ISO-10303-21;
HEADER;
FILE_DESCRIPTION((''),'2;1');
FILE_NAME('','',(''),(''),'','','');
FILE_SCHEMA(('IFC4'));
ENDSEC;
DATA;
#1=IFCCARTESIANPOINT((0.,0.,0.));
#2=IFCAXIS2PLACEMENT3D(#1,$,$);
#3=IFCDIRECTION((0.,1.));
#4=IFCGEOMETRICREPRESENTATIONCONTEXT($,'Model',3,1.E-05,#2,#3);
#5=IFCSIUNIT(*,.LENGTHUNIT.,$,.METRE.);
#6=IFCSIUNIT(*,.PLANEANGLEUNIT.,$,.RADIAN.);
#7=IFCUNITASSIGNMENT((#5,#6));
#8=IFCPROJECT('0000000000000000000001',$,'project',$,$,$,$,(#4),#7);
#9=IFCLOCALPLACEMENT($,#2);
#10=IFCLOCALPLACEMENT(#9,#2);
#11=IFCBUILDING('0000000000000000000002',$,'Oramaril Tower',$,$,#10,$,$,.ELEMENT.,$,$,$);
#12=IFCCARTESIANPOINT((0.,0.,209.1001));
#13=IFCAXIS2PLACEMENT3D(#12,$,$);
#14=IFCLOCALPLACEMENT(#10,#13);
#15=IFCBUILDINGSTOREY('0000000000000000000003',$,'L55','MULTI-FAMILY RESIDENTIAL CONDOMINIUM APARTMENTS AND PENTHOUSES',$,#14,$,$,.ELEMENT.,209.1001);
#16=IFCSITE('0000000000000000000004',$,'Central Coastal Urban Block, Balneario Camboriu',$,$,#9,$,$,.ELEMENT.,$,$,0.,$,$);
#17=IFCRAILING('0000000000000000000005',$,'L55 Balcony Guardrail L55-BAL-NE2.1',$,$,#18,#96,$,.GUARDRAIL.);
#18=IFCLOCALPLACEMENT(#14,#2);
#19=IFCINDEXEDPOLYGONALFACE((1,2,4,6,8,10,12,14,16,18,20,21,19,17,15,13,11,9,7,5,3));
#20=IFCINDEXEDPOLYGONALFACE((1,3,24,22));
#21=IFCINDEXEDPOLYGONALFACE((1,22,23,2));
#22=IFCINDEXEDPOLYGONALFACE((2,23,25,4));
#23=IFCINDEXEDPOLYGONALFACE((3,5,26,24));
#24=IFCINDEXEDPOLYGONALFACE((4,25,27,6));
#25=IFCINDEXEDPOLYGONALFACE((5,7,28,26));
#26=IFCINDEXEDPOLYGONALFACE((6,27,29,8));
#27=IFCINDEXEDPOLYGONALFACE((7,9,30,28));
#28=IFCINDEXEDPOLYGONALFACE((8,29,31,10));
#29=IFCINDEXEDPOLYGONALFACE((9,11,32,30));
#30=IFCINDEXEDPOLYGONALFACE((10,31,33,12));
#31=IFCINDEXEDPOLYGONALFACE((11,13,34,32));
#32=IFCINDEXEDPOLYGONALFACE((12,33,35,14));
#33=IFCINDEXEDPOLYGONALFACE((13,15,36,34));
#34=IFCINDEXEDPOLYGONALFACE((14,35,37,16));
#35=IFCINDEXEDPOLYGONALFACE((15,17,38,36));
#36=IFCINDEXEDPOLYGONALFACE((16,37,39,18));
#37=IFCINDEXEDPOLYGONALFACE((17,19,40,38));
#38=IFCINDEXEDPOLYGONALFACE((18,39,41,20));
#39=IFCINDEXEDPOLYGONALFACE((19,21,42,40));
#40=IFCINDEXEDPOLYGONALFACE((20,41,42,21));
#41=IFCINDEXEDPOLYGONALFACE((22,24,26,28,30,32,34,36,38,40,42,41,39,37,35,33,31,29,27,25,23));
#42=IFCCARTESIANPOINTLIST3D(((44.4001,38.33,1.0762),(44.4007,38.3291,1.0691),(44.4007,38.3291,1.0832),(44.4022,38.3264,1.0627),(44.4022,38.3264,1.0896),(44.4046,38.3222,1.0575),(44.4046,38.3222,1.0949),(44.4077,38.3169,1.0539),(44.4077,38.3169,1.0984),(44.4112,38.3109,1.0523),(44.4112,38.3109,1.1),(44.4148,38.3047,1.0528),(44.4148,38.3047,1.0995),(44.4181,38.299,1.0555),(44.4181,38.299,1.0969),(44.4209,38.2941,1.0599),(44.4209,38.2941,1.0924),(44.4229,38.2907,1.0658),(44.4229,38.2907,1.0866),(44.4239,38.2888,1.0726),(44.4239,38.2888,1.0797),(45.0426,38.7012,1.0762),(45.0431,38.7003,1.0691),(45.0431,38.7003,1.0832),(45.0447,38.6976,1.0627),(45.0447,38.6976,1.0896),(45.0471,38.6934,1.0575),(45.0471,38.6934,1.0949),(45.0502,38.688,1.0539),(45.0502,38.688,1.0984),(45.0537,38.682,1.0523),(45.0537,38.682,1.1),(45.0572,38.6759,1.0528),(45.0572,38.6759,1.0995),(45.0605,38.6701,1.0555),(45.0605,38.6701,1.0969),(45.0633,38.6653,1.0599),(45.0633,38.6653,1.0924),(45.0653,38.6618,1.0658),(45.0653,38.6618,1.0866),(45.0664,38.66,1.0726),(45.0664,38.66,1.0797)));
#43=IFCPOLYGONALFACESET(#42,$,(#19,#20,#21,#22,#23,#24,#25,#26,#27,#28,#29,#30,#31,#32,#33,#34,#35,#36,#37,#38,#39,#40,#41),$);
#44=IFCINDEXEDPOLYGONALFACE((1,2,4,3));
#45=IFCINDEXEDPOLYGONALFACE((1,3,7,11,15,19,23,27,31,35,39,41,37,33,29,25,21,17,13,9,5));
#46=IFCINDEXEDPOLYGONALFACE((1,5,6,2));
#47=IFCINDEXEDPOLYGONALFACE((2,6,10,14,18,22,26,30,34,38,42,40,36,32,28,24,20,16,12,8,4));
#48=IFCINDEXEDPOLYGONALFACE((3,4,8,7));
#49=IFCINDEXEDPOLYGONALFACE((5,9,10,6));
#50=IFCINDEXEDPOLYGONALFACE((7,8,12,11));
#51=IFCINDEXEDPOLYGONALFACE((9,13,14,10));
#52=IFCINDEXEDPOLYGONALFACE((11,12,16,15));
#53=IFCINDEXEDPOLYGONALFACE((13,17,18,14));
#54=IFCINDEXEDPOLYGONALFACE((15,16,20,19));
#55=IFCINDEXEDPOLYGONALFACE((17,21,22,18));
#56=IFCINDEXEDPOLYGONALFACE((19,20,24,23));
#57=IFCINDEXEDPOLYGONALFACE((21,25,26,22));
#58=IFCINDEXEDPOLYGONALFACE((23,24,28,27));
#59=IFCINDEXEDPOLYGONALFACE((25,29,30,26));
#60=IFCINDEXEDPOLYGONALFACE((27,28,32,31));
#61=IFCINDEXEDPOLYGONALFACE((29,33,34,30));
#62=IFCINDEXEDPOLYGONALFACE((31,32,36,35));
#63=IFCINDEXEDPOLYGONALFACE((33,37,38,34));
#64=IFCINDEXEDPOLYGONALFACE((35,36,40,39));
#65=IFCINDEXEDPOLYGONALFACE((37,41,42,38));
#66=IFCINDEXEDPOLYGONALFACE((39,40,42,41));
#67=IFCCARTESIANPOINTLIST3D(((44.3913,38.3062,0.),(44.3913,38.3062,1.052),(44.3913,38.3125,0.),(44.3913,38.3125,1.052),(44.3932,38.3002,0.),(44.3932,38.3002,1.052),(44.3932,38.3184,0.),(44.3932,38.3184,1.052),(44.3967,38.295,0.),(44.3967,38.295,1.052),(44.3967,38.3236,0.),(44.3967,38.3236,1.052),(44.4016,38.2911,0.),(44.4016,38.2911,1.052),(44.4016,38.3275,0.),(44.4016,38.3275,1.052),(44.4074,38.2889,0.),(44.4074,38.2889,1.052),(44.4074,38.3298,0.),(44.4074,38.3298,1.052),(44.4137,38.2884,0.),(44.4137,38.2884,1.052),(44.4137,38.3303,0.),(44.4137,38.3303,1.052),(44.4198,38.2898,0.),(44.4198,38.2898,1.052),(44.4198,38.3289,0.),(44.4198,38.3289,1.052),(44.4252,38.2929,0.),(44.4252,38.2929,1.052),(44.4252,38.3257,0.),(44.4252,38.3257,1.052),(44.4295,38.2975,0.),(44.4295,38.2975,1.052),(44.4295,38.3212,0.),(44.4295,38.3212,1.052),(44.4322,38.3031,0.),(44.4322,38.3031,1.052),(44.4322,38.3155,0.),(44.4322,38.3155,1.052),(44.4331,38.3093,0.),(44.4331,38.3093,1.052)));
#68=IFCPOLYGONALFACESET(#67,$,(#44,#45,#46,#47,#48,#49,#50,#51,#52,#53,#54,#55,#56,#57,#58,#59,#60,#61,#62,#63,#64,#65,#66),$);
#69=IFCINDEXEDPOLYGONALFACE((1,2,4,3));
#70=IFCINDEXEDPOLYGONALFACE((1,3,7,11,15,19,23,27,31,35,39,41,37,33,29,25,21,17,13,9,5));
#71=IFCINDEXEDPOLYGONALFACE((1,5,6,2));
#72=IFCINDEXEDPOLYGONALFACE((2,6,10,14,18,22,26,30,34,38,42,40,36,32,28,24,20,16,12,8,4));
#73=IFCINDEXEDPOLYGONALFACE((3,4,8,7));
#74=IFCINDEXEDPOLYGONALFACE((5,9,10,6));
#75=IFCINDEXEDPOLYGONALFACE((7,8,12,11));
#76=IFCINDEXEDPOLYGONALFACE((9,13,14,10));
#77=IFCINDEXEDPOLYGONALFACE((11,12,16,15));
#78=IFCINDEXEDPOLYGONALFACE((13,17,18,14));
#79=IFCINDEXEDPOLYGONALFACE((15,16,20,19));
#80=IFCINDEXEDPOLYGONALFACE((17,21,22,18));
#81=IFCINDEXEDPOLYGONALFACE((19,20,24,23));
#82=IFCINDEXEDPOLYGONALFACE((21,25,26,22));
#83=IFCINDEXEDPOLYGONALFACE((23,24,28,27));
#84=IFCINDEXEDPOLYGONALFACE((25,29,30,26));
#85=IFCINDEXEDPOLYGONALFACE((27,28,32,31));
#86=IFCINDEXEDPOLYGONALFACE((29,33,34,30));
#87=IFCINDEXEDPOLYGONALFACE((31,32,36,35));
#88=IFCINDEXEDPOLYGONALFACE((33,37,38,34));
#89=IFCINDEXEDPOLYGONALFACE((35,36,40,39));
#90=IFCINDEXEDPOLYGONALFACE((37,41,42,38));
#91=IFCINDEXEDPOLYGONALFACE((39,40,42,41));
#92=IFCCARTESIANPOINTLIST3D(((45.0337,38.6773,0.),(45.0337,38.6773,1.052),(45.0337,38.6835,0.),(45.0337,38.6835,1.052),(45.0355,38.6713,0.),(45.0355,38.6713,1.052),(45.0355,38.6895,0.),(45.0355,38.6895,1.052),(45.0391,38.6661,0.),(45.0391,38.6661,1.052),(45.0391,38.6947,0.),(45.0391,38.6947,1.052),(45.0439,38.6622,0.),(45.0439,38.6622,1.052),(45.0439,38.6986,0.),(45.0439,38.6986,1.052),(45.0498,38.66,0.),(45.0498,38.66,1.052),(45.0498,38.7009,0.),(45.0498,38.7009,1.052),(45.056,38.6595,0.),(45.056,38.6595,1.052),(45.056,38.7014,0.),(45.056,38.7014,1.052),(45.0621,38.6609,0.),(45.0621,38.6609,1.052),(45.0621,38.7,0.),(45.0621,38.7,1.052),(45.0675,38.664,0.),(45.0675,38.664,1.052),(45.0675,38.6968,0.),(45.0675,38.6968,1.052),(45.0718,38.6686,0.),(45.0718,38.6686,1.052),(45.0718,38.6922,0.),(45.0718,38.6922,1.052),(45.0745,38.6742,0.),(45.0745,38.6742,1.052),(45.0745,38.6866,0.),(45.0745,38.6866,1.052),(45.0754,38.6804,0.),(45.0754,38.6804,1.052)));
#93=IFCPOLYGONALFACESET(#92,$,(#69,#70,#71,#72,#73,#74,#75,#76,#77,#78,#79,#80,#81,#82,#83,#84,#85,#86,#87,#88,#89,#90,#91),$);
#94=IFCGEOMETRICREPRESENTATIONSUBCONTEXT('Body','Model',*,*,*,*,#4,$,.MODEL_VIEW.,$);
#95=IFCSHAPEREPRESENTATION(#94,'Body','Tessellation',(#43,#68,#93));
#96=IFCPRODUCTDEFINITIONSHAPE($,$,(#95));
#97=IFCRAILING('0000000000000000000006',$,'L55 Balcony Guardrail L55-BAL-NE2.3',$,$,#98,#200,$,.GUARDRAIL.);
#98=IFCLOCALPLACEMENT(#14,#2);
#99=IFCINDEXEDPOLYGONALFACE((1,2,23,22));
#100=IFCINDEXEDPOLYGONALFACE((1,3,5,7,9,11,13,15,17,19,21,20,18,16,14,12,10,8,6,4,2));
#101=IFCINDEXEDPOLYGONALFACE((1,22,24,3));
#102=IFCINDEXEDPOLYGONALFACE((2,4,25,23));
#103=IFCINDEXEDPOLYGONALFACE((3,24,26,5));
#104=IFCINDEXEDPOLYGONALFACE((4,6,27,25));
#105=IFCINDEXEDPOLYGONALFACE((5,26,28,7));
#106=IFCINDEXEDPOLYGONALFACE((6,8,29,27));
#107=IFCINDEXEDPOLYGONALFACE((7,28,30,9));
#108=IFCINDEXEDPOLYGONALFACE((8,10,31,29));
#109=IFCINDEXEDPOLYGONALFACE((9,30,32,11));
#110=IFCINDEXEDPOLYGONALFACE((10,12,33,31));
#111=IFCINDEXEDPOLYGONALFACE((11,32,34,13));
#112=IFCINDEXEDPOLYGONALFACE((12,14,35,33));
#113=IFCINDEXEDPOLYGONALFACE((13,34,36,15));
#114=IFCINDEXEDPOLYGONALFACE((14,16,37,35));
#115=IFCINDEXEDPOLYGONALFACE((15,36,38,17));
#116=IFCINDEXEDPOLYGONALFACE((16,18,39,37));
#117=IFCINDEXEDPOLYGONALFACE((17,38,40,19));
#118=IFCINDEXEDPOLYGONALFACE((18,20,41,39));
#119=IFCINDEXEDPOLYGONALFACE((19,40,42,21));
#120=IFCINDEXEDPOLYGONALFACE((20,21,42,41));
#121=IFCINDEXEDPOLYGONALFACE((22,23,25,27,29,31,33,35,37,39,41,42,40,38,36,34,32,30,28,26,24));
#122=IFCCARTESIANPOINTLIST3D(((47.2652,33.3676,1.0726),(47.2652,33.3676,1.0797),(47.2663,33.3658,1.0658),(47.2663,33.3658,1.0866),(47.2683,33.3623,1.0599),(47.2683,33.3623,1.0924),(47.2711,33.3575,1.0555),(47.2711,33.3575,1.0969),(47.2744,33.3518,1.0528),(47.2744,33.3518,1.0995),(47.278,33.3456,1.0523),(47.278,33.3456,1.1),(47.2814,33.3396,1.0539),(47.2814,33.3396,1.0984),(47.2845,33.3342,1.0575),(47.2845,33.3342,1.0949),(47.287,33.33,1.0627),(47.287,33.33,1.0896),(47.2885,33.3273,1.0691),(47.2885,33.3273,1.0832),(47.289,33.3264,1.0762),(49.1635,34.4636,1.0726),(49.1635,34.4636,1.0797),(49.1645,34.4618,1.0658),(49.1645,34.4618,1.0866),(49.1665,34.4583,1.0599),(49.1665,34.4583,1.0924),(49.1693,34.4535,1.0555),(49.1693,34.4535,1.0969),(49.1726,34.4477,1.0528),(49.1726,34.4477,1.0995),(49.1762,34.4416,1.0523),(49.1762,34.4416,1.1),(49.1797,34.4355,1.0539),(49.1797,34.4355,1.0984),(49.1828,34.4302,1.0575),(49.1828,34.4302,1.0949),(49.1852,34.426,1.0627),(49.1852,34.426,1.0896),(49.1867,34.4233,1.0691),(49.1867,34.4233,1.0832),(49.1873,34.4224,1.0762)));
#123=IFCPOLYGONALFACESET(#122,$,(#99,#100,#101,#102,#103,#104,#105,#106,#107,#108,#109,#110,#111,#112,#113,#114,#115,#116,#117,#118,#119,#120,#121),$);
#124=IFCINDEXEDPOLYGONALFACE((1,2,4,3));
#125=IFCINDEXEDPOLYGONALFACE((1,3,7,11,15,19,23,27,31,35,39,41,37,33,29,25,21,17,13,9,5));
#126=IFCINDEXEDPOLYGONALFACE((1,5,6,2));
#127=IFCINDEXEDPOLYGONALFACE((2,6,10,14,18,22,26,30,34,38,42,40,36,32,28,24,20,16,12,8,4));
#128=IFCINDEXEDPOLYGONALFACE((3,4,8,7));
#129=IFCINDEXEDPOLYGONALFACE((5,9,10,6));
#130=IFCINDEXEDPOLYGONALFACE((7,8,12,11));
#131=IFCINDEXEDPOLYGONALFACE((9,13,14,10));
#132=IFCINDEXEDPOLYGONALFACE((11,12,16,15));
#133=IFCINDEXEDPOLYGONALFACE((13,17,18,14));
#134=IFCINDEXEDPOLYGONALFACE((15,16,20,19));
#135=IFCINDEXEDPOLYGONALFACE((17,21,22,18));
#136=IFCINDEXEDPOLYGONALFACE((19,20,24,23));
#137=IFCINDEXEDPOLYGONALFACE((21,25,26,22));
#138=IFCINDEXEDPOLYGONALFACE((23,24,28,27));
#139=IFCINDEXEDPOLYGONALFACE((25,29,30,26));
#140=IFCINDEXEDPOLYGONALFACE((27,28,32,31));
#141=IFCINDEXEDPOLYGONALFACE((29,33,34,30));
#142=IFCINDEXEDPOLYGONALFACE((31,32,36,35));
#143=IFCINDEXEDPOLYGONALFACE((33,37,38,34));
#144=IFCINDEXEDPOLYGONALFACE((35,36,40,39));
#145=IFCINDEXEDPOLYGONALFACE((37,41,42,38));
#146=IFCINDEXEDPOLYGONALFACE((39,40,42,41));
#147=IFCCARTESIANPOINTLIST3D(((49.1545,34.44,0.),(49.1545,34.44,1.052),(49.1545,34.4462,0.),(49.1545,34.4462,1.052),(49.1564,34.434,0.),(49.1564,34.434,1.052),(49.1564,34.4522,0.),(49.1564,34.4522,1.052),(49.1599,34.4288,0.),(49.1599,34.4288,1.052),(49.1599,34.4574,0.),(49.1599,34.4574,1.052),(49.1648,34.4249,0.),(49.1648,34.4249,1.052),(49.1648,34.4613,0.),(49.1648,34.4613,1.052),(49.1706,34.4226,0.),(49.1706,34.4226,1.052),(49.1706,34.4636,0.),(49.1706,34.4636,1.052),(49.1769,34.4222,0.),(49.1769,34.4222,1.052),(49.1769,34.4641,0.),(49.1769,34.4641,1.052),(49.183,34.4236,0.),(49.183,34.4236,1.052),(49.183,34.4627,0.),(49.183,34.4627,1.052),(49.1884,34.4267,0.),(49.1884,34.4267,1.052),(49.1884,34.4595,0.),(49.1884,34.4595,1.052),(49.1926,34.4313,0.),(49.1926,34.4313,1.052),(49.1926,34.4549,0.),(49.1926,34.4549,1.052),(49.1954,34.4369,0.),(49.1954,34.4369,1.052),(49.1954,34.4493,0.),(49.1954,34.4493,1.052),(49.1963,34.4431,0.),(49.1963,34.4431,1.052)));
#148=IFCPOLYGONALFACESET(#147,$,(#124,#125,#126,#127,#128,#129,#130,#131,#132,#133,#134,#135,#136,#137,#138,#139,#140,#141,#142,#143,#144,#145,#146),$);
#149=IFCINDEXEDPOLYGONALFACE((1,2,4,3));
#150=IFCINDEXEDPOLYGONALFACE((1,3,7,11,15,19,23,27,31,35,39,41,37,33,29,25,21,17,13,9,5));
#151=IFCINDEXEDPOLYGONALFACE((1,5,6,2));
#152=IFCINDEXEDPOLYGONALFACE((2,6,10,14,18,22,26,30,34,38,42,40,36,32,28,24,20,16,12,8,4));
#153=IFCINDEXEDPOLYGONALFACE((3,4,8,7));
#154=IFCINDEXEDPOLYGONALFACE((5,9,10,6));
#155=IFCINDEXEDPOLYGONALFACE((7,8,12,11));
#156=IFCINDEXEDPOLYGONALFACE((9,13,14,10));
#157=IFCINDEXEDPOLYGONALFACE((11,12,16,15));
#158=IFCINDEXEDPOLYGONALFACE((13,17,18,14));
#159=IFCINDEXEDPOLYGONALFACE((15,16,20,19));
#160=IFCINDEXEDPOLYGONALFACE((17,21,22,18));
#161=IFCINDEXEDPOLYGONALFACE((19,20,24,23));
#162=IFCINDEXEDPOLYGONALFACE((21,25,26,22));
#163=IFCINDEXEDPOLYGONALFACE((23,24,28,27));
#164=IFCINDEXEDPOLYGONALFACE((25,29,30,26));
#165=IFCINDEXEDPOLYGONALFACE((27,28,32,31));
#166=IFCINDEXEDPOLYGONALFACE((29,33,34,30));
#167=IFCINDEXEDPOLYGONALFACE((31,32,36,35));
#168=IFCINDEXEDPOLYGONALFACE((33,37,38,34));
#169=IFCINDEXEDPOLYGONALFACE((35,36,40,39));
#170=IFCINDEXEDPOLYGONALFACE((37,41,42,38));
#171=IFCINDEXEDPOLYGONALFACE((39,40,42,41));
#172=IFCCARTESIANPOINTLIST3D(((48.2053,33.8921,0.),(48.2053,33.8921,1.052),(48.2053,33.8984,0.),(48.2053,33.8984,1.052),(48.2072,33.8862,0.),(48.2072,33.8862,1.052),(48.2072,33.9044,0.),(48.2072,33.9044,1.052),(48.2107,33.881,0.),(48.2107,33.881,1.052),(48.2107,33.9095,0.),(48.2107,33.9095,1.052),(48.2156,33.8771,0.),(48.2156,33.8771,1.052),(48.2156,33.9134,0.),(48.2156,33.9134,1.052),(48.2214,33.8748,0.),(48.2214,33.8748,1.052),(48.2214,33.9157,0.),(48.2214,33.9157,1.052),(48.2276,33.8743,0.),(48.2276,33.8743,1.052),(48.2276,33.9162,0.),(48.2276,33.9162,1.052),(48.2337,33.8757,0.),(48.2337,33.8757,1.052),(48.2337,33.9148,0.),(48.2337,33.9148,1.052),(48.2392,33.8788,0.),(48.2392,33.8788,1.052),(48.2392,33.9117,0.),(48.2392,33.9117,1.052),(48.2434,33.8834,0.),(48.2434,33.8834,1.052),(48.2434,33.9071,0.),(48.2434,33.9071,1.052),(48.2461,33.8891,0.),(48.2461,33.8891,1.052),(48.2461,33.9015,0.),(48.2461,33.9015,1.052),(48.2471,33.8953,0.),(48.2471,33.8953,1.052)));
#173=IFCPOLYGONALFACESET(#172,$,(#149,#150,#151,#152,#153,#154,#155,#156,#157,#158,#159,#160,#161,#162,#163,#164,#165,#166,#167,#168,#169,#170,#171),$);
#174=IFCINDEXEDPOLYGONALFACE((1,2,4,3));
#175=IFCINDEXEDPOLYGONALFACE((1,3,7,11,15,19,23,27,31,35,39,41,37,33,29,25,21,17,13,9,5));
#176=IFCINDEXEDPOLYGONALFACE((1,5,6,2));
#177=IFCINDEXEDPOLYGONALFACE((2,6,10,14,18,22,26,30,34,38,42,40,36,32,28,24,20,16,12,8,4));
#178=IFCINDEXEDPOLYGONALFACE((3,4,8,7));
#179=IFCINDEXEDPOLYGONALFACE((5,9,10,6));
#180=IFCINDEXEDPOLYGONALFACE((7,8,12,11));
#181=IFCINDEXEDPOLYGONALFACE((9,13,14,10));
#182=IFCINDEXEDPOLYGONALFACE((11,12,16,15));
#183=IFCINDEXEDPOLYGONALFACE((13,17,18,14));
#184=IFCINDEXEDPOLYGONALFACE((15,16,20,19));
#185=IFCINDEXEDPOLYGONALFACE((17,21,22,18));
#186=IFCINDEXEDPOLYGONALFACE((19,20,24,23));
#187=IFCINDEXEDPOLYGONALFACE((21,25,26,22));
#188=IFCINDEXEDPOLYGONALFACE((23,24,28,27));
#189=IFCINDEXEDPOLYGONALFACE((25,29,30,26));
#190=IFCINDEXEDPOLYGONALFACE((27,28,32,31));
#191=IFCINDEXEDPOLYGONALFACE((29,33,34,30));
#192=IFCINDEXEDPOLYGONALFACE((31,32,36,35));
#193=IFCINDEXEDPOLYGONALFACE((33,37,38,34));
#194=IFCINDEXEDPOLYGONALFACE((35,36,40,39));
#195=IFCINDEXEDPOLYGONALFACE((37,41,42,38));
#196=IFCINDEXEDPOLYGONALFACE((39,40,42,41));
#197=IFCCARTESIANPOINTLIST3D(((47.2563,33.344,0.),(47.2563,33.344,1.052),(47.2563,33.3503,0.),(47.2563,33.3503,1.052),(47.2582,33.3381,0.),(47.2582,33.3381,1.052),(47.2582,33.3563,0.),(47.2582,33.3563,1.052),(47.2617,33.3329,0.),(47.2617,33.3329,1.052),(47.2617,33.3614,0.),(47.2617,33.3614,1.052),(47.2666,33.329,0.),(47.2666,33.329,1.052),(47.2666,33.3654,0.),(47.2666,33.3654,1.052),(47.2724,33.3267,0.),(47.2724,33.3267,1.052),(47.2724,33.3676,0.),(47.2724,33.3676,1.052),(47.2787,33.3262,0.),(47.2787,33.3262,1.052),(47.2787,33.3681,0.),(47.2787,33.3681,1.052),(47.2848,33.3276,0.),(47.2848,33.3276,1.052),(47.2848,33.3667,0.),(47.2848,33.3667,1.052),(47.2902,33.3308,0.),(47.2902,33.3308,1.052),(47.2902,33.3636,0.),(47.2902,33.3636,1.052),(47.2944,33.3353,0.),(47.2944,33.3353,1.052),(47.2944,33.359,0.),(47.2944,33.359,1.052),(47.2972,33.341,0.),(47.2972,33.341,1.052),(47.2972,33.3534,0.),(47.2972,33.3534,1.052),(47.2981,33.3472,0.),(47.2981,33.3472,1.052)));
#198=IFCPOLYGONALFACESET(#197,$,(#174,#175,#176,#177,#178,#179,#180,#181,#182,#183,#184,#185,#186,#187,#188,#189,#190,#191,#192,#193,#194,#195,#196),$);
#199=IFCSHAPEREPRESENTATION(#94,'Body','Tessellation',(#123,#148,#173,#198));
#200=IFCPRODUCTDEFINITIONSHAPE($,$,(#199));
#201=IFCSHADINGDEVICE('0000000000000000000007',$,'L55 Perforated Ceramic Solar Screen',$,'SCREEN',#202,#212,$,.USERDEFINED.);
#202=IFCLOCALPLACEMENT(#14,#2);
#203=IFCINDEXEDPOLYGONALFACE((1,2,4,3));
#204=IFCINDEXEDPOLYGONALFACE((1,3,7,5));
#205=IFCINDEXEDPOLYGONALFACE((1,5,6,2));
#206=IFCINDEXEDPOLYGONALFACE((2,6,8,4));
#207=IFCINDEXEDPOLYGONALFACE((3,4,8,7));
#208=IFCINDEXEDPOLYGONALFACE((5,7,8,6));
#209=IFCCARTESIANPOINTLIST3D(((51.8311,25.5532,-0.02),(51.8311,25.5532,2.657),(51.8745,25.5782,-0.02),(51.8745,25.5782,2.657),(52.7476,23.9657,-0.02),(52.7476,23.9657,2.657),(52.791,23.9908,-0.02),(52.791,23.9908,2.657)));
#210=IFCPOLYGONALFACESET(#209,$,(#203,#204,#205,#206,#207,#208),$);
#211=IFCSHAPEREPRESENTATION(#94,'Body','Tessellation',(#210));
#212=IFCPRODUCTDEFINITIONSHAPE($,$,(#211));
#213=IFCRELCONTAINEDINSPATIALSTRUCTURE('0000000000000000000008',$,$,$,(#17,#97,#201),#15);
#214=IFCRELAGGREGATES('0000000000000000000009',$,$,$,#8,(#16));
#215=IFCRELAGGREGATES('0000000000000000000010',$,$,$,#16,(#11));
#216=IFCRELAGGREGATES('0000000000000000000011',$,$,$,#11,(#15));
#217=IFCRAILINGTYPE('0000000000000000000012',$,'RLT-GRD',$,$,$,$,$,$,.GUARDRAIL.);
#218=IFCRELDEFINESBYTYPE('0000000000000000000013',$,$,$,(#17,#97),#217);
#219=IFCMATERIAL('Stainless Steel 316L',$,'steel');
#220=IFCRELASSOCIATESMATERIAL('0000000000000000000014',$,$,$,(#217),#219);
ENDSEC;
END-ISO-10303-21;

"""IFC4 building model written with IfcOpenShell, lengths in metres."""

from ifc_helpers import new_model, si_unit, direction, frame, origin, origin_2d, place, context, subcontext, project, spatial, rectangle, circle, extrude, material, type_object, element, save


model = new_model("IFC4")

# Units and contexts
model_context = context("Model", 3, precision=1e-05, world=origin(), true_north=direction((0.0, 1.0)))
body_context = subcontext(model_context, "Body", "Model", "MODEL_VIEW")
ifc_project = project(units=[si_unit("LENGTHUNIT", "METRE"), si_unit("PLANEANGLEUNIT", "RADIAN")], contexts=[model_context])

# Site, building, storey
site_placement = place(None, origin())
site = spatial("IfcSite", under=ifc_project, at=site_placement, Name="Central Coastal Urban Block, Balneario Camboriu", CompositionType="ELEMENT", RefElevation=0.0)
building_placement = place(site_placement, origin())
building = spatial("IfcBuilding", under=site, at=building_placement, Name="Oramaril Tower", CompositionType="ELEMENT")
storey_placement = place(building_placement, frame((0.0, 0.0, 209.1001)))
storey = spatial("IfcBuildingStorey", under=building, at=storey_placement, Name="L55", Description="MULTI-FAMILY RESIDENTIAL CONDOMINIUM APARTMENTS AND PENTHOUSES", CompositionType="ELEMENT", Elevation=209.1001)

# Railings
ifc_material_1 = material(Name="Stainless Steel 316L", Category="steel")
railing_type = type_object("IfcRailingType", Name="RLT-GRD", PredefinedType="GUARDRAIL", material=ifc_material_1)
railing_1_placement = place(storey_placement, frame((44.4121, 38.3093, 0.0)))
element("IfcRailing", 1, at=railing_1_placement, inside=storey, type_object=railing_type, Name="L55 Balcony Guardrail L55-BAL-NE2.1", PredefinedType="GUARDRAIL", context=body_context, shape_type="SweptSolid", body=[
    extrude(circle(Radius=0.0239, at=origin_2d()), frame((0.0, 0.0, 1.0762), z_axis=(0.865884, 0.500245, 0.0), x_axis=(-0.500245, 0.865884, 0.0)), (0.0, 0.0, 1.0), 0.7419),
    extrude(circle(Radius=0.021, at=origin_2d()), origin(), (0.0, 0.0, 1.0), 1.052),
    extrude(circle(Radius=0.021, at=origin_2d()), frame((0.6423, 0.3711, 0.0)), (0.0, 0.0, 1.0), 1.052),
])
railing_2_placement = place(storey_placement, frame((49.1753, 34.4431, 0.0)))
element("IfcRailing", 2, at=railing_2_placement, inside=storey, type_object=railing_type, Name="L55 Balcony Guardrail L55-BAL-NE2.3", PredefinedType="GUARDRAIL", context=body_context, shape_type="SweptSolid", body=[
    extrude(circle(Radius=0.0239, at=origin_2d()), frame((0.0, 0.0, 1.0762), z_axis=(-0.866021, -0.500008, 0.0), x_axis=(0.500008, -0.866021, 0.0)), (0.0, 0.0, 1.0), 2.1919),
    extrude(circle(Radius=0.021, at=origin_2d()), origin(), (0.0, 0.0, 1.0), 1.052),
    extrude(circle(Radius=0.021, at=origin_2d()), frame((-0.9492, -0.5479, 0.0)), (0.0, 0.0, 1.0), 1.052),
    extrude(circle(Radius=0.021, at=origin_2d()), frame((-1.8982, -1.0959, 0.0)), (0.0, 0.0, 1.0), 1.052),
])

# Shading device
for number, where, z_axis, x_axis, name in (
    (3, (52.311, 24.772, -0.02), (0.0, 0.0, 1.0), (-0.500002, 0.866025, 0.0), "L55 Perforated Ceramic Solar Screen"),
):
    element("IfcShadingDevice", number, at=place(storey_placement, frame(where, z_axis=z_axis, x_axis=x_axis)), inside=storey, Name=name, ObjectType="SCREEN", PredefinedType="USERDEFINED", context=body_context, shape_type="SweptSolid", body=[
        extrude(rectangle(XDim=1.833, YDim=0.05, at=origin_2d()), origin(), (0.0, 0.0, 1.0), 2.677),
    ])

save(model, "model.ifc")
